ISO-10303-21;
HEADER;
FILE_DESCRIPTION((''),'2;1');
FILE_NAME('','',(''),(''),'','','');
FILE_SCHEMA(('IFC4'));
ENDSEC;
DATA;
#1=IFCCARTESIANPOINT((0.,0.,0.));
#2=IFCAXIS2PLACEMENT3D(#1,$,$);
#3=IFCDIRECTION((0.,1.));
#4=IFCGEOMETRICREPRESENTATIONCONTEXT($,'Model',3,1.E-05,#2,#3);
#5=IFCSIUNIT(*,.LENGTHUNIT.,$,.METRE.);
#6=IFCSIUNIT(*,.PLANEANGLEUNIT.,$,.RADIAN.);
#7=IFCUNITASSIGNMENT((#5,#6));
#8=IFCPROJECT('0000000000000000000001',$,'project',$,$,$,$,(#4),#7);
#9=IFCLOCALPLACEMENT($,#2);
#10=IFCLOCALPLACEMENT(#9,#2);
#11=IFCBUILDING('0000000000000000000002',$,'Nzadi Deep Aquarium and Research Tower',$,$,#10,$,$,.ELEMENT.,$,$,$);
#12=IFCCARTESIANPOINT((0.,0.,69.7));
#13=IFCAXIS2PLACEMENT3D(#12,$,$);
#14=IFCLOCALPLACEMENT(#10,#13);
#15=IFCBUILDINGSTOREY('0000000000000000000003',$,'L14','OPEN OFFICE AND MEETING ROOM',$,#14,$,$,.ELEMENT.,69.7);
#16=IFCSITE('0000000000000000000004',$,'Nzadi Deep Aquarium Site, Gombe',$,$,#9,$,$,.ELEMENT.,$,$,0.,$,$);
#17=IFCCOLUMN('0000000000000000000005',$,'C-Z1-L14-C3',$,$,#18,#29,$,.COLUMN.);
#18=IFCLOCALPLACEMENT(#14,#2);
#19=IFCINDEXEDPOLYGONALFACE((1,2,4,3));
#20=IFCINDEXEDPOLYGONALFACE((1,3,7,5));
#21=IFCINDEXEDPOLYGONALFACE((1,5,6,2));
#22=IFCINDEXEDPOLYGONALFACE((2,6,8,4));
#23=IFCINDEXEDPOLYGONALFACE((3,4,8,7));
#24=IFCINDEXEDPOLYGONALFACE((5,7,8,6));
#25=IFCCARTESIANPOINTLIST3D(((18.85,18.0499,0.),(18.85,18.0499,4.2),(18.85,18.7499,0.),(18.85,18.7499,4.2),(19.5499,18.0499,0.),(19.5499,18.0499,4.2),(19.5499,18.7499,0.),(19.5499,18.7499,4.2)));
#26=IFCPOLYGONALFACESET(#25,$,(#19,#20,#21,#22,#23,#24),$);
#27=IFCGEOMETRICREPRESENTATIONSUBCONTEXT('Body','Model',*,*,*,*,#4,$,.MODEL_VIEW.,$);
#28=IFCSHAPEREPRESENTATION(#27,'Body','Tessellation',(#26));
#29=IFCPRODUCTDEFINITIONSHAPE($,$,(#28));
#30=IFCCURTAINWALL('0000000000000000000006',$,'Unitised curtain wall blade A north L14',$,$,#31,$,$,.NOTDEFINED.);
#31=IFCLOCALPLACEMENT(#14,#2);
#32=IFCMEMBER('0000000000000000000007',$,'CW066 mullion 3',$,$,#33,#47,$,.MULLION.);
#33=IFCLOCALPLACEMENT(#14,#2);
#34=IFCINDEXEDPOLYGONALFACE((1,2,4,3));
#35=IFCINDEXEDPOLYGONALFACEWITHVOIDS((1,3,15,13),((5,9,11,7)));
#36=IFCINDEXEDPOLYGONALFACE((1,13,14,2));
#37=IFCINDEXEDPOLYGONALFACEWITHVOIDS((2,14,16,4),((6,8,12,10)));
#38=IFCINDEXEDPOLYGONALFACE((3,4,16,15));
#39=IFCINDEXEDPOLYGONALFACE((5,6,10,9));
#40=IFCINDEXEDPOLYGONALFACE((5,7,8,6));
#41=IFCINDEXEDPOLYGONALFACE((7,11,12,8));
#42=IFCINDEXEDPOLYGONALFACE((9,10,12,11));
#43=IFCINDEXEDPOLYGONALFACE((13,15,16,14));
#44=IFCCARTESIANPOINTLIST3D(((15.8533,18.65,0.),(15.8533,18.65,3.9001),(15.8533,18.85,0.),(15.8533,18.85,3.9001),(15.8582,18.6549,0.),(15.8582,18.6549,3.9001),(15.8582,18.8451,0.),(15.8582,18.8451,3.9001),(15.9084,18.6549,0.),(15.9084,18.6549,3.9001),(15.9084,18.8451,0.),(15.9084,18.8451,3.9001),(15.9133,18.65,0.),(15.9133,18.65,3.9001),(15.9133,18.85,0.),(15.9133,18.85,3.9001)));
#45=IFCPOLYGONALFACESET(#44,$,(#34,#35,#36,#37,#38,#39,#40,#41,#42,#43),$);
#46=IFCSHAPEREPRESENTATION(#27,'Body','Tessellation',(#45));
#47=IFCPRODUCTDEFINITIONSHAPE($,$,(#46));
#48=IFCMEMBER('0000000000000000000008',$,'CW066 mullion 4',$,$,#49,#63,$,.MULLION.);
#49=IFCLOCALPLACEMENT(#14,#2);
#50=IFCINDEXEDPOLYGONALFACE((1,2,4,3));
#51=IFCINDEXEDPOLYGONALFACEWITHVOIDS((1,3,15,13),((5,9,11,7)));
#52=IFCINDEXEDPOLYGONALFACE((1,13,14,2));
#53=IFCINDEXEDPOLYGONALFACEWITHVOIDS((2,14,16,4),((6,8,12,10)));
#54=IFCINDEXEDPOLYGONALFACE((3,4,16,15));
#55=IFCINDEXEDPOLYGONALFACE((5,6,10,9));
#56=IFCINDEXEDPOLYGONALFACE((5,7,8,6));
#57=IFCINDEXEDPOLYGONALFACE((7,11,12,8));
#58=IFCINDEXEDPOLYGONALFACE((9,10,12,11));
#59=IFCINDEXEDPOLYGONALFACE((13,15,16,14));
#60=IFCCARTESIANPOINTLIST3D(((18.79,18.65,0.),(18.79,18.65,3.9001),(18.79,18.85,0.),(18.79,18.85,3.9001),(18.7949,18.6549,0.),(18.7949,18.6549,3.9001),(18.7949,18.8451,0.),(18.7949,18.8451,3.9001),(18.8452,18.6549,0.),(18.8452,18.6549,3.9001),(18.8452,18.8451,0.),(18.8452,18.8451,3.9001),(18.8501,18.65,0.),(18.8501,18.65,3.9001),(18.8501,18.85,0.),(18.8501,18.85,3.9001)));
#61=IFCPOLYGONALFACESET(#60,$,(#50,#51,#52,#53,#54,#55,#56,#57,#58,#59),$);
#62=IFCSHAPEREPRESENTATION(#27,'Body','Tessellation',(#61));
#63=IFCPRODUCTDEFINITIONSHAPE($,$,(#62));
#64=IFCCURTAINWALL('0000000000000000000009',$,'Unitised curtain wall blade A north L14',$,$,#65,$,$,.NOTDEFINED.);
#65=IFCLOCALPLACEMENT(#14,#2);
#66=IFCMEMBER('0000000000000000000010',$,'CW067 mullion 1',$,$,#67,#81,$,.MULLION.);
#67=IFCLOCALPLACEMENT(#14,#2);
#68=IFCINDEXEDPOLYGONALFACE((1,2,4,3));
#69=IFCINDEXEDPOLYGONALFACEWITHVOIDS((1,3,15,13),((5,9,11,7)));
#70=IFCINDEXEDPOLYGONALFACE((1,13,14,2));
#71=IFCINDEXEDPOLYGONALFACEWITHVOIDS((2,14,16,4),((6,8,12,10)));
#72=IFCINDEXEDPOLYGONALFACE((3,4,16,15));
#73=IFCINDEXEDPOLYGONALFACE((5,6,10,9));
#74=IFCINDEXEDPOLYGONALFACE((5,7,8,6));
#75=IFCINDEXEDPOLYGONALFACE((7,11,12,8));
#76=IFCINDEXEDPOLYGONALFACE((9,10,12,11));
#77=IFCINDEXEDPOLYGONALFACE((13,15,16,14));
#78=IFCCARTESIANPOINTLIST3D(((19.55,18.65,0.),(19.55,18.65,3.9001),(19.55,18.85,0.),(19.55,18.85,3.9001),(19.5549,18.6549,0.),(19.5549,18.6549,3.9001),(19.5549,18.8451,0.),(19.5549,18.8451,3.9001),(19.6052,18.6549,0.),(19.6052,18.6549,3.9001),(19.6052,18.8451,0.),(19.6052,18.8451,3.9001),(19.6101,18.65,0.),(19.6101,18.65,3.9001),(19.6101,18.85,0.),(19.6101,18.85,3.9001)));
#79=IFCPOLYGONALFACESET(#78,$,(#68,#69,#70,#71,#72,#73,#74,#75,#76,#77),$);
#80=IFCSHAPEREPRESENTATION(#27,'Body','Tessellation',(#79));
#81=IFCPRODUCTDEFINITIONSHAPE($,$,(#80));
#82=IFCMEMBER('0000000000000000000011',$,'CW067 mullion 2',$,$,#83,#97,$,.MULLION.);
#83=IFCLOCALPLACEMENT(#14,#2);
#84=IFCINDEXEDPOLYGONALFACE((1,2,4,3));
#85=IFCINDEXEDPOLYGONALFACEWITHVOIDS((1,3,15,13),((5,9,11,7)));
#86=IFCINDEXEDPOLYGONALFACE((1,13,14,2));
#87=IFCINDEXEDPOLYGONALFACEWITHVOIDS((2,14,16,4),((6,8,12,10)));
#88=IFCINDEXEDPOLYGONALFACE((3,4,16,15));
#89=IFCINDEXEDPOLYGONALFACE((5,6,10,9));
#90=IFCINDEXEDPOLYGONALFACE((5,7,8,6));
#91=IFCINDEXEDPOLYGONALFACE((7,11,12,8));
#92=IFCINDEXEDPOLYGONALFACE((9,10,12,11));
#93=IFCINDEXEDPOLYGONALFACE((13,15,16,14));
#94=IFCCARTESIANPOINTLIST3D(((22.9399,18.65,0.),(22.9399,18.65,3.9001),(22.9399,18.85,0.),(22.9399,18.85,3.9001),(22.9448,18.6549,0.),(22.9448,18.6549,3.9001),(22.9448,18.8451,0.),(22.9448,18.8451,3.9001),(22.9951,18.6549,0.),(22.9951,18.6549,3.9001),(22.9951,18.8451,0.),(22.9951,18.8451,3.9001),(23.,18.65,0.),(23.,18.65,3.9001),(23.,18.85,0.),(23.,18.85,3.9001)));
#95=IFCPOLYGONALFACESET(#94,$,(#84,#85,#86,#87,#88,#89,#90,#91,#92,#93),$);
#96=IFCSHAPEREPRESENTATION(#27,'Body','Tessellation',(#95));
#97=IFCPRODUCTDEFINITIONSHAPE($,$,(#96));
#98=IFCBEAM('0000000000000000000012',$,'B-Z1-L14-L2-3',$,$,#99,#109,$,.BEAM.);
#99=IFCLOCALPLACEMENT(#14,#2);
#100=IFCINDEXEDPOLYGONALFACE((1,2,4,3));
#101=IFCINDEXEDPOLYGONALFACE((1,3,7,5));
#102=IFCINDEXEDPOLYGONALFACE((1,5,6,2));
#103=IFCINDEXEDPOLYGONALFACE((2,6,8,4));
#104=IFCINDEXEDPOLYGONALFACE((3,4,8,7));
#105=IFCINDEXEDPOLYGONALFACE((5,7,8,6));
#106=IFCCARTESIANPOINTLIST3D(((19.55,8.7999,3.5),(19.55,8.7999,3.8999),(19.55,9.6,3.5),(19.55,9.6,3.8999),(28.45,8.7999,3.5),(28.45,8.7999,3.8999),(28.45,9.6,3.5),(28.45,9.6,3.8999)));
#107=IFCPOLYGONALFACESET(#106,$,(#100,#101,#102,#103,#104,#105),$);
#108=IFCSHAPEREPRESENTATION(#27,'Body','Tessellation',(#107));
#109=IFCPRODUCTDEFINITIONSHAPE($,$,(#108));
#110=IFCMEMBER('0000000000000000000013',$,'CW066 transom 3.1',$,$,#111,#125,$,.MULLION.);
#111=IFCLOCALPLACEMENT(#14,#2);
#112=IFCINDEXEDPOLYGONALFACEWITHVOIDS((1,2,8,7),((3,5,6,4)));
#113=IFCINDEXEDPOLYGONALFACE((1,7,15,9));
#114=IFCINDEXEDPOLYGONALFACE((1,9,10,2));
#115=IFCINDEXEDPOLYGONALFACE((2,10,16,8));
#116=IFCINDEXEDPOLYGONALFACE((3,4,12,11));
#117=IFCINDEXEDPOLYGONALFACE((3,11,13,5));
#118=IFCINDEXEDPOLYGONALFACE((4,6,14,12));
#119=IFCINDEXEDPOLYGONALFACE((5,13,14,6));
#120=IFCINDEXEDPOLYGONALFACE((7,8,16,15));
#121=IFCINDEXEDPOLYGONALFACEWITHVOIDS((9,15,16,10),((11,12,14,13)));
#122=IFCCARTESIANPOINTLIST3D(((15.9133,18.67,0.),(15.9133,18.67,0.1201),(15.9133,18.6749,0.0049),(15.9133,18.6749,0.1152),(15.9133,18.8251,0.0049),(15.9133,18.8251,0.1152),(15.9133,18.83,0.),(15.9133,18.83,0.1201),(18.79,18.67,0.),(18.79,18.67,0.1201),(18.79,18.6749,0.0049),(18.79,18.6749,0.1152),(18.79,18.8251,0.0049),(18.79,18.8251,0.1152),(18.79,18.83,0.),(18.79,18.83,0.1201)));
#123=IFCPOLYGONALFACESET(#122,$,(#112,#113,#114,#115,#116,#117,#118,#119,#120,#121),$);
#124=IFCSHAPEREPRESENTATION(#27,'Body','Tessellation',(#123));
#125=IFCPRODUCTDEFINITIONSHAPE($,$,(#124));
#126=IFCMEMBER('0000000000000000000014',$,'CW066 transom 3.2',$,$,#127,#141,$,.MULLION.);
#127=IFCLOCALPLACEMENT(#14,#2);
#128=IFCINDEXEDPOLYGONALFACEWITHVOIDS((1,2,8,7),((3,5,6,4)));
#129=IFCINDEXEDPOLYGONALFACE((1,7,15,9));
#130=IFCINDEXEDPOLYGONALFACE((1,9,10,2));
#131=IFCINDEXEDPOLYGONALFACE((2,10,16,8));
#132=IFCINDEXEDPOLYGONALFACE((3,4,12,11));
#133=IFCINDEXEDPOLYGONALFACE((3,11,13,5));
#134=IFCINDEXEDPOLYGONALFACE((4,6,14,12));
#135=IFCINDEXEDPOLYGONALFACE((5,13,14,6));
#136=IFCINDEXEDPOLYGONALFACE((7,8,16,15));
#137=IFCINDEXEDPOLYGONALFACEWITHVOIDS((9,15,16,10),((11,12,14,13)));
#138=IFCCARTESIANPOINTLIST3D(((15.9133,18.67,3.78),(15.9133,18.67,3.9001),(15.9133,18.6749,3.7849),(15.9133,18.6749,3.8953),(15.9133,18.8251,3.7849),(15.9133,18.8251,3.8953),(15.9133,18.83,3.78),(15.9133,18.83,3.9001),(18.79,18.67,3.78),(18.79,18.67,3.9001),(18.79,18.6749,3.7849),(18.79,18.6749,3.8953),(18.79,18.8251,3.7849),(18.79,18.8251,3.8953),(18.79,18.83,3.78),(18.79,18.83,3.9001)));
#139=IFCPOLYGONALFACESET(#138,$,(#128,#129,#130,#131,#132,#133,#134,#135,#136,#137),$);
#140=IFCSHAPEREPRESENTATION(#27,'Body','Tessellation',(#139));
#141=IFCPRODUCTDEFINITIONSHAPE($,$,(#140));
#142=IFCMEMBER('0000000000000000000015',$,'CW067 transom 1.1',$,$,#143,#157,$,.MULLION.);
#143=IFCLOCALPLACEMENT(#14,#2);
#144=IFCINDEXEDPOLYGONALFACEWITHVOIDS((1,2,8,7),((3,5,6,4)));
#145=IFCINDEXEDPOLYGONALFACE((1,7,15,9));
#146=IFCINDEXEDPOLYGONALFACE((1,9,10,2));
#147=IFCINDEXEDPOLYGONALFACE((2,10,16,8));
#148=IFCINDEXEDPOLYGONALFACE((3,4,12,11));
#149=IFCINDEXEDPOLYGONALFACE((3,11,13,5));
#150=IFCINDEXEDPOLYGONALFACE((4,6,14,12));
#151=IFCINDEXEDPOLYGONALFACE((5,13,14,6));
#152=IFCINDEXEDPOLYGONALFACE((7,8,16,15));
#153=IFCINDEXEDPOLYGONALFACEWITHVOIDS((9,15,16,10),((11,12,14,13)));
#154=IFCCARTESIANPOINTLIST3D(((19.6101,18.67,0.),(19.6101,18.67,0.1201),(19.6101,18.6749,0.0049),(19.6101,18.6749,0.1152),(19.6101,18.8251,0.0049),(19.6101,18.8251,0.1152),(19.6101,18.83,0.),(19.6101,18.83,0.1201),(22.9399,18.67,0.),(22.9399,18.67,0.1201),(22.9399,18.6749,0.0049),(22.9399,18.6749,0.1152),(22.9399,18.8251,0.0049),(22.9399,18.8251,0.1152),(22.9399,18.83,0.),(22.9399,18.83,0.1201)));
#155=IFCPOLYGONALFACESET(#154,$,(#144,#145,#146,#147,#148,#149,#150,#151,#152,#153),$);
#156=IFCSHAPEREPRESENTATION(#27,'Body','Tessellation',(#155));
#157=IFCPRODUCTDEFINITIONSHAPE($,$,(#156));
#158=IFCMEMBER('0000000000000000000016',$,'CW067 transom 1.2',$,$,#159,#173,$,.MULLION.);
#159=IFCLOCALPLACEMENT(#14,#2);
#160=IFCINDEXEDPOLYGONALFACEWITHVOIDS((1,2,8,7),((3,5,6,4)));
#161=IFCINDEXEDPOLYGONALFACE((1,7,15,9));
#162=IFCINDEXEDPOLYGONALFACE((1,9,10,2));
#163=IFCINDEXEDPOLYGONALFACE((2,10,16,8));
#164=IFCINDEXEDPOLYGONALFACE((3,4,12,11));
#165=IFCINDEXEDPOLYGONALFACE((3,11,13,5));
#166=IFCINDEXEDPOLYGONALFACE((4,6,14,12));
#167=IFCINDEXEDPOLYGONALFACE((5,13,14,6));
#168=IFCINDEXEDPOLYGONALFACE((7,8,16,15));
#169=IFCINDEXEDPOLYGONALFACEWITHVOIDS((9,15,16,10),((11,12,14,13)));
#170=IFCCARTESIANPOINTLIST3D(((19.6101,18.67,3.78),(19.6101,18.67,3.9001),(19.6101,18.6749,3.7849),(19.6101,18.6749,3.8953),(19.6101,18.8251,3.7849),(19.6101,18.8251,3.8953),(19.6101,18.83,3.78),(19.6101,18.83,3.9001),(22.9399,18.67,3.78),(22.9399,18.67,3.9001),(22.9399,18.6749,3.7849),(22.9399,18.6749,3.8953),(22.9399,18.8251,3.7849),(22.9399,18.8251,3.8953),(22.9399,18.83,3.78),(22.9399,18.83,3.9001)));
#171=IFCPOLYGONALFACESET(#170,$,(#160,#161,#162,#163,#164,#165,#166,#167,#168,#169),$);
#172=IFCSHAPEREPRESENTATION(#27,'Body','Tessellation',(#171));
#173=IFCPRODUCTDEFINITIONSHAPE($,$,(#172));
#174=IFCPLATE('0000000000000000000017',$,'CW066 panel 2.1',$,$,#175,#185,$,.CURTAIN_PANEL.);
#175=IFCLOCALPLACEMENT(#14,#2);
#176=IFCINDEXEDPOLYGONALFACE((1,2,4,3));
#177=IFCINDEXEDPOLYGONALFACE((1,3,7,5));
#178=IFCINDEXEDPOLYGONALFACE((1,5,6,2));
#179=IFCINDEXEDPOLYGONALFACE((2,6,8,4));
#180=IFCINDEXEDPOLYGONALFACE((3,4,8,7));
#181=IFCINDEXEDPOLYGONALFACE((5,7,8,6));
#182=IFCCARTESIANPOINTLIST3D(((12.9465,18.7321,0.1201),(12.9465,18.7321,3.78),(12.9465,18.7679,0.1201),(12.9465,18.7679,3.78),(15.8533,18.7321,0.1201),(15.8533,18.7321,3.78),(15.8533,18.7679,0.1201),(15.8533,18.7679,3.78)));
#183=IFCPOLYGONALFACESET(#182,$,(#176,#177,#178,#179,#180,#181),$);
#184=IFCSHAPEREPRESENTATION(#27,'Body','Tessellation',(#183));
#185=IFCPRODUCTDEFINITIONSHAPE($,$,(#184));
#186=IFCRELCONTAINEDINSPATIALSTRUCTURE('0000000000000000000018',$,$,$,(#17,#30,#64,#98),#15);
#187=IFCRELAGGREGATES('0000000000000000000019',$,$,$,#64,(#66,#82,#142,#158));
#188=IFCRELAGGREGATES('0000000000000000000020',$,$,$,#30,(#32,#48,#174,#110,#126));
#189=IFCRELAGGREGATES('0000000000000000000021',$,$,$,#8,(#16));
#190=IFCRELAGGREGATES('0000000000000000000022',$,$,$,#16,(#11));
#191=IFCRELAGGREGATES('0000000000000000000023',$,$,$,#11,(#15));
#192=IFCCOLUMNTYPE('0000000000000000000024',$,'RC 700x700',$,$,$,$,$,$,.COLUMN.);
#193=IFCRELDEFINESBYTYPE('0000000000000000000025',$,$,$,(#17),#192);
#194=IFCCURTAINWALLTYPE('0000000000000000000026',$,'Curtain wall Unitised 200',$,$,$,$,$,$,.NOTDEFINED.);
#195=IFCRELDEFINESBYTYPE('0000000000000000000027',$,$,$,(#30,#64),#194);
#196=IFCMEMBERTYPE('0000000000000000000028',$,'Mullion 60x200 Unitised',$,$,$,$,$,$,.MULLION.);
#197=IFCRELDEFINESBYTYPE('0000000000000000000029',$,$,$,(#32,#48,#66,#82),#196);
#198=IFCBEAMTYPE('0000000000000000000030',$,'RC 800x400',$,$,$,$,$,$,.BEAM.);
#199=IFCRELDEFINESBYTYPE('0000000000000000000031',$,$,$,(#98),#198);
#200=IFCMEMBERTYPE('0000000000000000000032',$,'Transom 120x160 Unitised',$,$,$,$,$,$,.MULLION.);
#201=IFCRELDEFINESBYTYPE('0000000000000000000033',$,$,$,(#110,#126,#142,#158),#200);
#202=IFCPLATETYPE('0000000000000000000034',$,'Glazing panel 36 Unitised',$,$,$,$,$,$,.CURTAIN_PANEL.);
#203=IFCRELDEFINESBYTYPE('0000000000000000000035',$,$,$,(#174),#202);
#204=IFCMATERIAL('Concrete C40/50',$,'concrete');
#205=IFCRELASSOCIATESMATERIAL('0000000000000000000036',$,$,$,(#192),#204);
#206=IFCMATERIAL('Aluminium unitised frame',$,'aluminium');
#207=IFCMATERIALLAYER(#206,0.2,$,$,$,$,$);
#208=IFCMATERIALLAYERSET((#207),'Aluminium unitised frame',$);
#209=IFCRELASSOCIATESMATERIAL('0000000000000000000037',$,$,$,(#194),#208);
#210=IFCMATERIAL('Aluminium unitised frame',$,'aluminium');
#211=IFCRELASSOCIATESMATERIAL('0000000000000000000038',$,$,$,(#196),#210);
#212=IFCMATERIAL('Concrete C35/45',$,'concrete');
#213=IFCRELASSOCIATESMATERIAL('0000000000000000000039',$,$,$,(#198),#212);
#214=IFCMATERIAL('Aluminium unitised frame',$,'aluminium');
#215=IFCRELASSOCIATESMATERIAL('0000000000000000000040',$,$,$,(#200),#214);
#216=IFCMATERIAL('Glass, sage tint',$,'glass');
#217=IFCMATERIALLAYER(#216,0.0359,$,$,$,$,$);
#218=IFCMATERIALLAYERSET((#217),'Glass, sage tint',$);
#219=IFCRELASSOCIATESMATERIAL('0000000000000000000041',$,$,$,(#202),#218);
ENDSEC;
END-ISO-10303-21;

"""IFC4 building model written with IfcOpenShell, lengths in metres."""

from ifc_helpers import new_model, si_unit, direction, frame, origin, origin_2d, place, context, subcontext, project, spatial, rectangle, hollow_rectangle, extrude, material, layer, layer_set, material_profile, profile_set, type_object, element, aggregate, save


model = new_model("IFC4")

# Units and contexts
model_context = context("Model", 3, precision=1e-05, world=origin(), true_north=direction((0.0, 1.0)))
body_context = subcontext(model_context, "Body", "Model", "MODEL_VIEW")
ifc_project = project(units=[si_unit("LENGTHUNIT", "METRE"), si_unit("PLANEANGLEUNIT", "RADIAN")], contexts=[model_context])

# Site, building, storey
site_placement = place(None, origin())
site = spatial("IfcSite", under=ifc_project, at=site_placement, Name="Nzadi Deep Aquarium Site, Gombe", CompositionType="ELEMENT", RefElevation=0.0)
building_placement = place(site_placement, origin())
building = spatial("IfcBuilding", under=site, at=building_placement, Name="Nzadi Deep Aquarium and Research Tower", CompositionType="ELEMENT")
storey_placement = place(building_placement, frame((0.0, 0.0, 69.7)))
storey = spatial("IfcBuildingStorey", under=building, at=storey_placement, Name="L14", Description="OPEN OFFICE AND MEETING ROOM", CompositionType="ELEMENT", Elevation=69.7)

# Column
ifc_material_1 = material(Name="Concrete C40/50", Category="concrete")
ifc_material_profile_1 = material_profile(ifc_material_1, rectangle(XDim=0.7, YDim=0.7, at=origin_2d()))
ifc_profile_set_1 = profile_set([ifc_material_profile_1], Name="Concrete C40/50")
column_type = type_object("IfcColumnType", Name="RC 700x700", PredefinedType="COLUMN", material=ifc_profile_set_1)
column_placement = place(storey_placement, frame((19.2, 18.3999, 0.0), z_axis=(0.0, 0.0, 1.0), x_axis=(1.0, 0.0, 0.0)))
element("IfcColumn", 1, at=column_placement, inside=storey, type_object=column_type, Name="C-Z1-L14-C3", PredefinedType="COLUMN", context=body_context, shape_type="SweptSolid", body=[
    extrude(rectangle(XDim=0.7, YDim=0.7, at=origin_2d()), origin(), (0.0, 0.0, 1.0), 4.2),
])

# Curtain walls, members
ifc_material_2 = material(Name="Aluminium unitised frame", Category="aluminium")
ifc_layer_1 = layer(ifc_material_2, 0.2)
ifc_layer_set_1 = layer_set([ifc_layer_1], Name="Aluminium unitised frame")
curtain_wall_type = type_object("IfcCurtainWallType", Name="Curtain wall Unitised 200", PredefinedType="NOTDEFINED", material=ifc_layer_set_1)
curtain_wall_1_placement = place(storey_placement, origin())
curtain_wall_1 = element("IfcCurtainWall", 2, at=curtain_wall_1_placement, inside=storey, type_object=curtain_wall_type, Name="Unitised curtain wall blade A north L14", PredefinedType="NOTDEFINED")
ifc_material_3 = material(Name="Aluminium unitised frame", Category="aluminium")
ifc_material_profile_2 = material_profile(ifc_material_3, hollow_rectangle(XDim=0.2, YDim=0.0601, WallThickness=0.0049, at=origin_2d()))
ifc_profile_set_2 = profile_set([ifc_material_profile_2], Name="Aluminium unitised frame")
member_type_1 = type_object("IfcMemberType", Name="Mullion 60x200 Unitised", PredefinedType="MULLION", material=ifc_profile_set_2)
member_1_placement = place(storey_placement, frame((15.8833, 18.75, 0.0), z_axis=(0.0, 0.0, 1.0), x_axis=(0.0, 1.0, 0.0)))
member_1 = element("IfcMember", 3, at=member_1_placement, type_object=member_type_1, Name="CW066 mullion 3", PredefinedType="MULLION", context=body_context, shape_type="SweptSolid", body=[
    extrude(hollow_rectangle(XDim=0.2, YDim=0.0601, WallThickness=0.0049, at=origin_2d()), origin(), (0.0, 0.0, 1.0), 3.9001),
])
member_2_placement = place(storey_placement, frame((18.8201, 18.75, 0.0), z_axis=(0.0, 0.0, 1.0), x_axis=(0.0, 1.0, 0.0)))
member_2 = element("IfcMember", 4, at=member_2_placement, type_object=member_type_1, Name="CW066 mullion 4", PredefinedType="MULLION", context=body_context, shape_type="SweptSolid", body=[
    extrude(hollow_rectangle(XDim=0.2, YDim=0.0601, WallThickness=0.0049, at=origin_2d()), origin(), (0.0, 0.0, 1.0), 3.9001),
])
curtain_wall_2_placement = place(storey_placement, origin())
curtain_wall_2 = element("IfcCurtainWall", 5, at=curtain_wall_2_placement, inside=storey, type_object=curtain_wall_type, Name="Unitised curtain wall blade A north L14", PredefinedType="NOTDEFINED")
member_3_placement = place(storey_placement, frame((19.5801, 18.75, 0.0), z_axis=(0.0, 0.0, 1.0), x_axis=(0.0, 1.0, 0.0)))
member_3 = element("IfcMember", 6, at=member_3_placement, type_object=member_type_1, Name="CW067 mullion 1", PredefinedType="MULLION", context=body_context, shape_type="SweptSolid", body=[
    extrude(hollow_rectangle(XDim=0.2, YDim=0.0601, WallThickness=0.0049, at=origin_2d()), origin(), (0.0, 0.0, 1.0), 3.9001),
])
member_4_placement = place(storey_placement, frame((22.97, 18.75, 0.0), z_axis=(0.0, 0.0, 1.0), x_axis=(0.0, 1.0, 0.0)))
member_4 = element("IfcMember", 7, at=member_4_placement, type_object=member_type_1, Name="CW067 mullion 2", PredefinedType="MULLION", context=body_context, shape_type="SweptSolid", body=[
    extrude(hollow_rectangle(XDim=0.2, YDim=0.0601, WallThickness=0.0049, at=origin_2d()), origin(), (0.0, 0.0, 1.0), 3.9001),
])

# Beam
ifc_material_4 = material(Name="Concrete C35/45", Category="concrete")
ifc_material_profile_3 = material_profile(ifc_material_4, rectangle(XDim=0.8, YDim=0.3999, at=origin_2d()))
ifc_profile_set_3 = profile_set([ifc_material_profile_3], Name="Concrete C35/45")
beam_type = type_object("IfcBeamType", Name="RC 800x400", PredefinedType="BEAM", material=ifc_profile_set_3)
beam_placement = place(storey_placement, frame((19.55, 9.2, 3.7), z_axis=(1.0, 0.0, 0.0), x_axis=(0.0, 1.0, 0.0)))
element("IfcBeam", 8, at=beam_placement, inside=storey, type_object=beam_type, Name="B-Z1-L14-L2-3", PredefinedType="BEAM", context=body_context, shape_type="SweptSolid", body=[
    extrude(rectangle(XDim=0.8, YDim=0.3999, at=origin_2d()), origin(), (0.0, 0.0, 1.0), 8.8999),
])

# Members
ifc_material_5 = material(Name="Aluminium unitised frame", Category="aluminium")
ifc_material_profile_4 = material_profile(ifc_material_5, hollow_rectangle(XDim=0.1599, YDim=0.1201, WallThickness=0.0049, at=origin_2d()))
ifc_profile_set_4 = profile_set([ifc_material_profile_4], Name="Aluminium unitised frame")
member_type_2 = type_object("IfcMemberType", Name="Transom 120x160 Unitised", PredefinedType="MULLION", material=ifc_profile_set_4)
member_5_placement = place(storey_placement, frame((15.9133, 18.75, 0.0601), z_axis=(1.0, 0.0, 0.0), x_axis=(0.0, 1.0, 0.0)))
member_5 = element("IfcMember", 9, at=member_5_placement, type_object=member_type_2, Name="CW066 transom 3.1", PredefinedType="MULLION", context=body_context, shape_type="SweptSolid", body=[
    extrude(hollow_rectangle(XDim=0.1599, YDim=0.1201, WallThickness=0.0049, at=origin_2d()), origin(), (0.0, 0.0, 1.0), 2.8767),
])
member_6_placement = place(storey_placement, frame((15.9133, 18.75, 3.8401), z_axis=(1.0, 0.0, 0.0), x_axis=(0.0, 1.0, 0.0)))
member_6 = element("IfcMember", 10, at=member_6_placement, type_object=member_type_2, Name="CW066 transom 3.2", PredefinedType="MULLION", context=body_context, shape_type="SweptSolid", body=[
    extrude(hollow_rectangle(XDim=0.1599, YDim=0.1201, WallThickness=0.0049, at=origin_2d()), origin(), (0.0, 0.0, 1.0), 2.8767),
])
member_7_placement = place(storey_placement, frame((19.6101, 18.75, 0.0601), z_axis=(1.0, 0.0, 0.0), x_axis=(0.0, 1.0, 0.0)))
member_7 = element("IfcMember", 11, at=member_7_placement, type_object=member_type_2, Name="CW067 transom 1.1", PredefinedType="MULLION", context=body_context, shape_type="SweptSolid", body=[
    extrude(hollow_rectangle(XDim=0.1599, YDim=0.1201, WallThickness=0.0049, at=origin_2d()), origin(), (0.0, 0.0, 1.0), 3.3298),
])
member_8_placement = place(storey_placement, frame((19.6101, 18.75, 3.8401), z_axis=(1.0, 0.0, 0.0), x_axis=(0.0, 1.0, 0.0)))
member_8 = element("IfcMember", 12, at=member_8_placement, type_object=member_type_2, Name="CW067 transom 1.2", PredefinedType="MULLION", context=body_context, shape_type="SweptSolid", body=[
    extrude(hollow_rectangle(XDim=0.1599, YDim=0.1201, WallThickness=0.0049, at=origin_2d()), origin(), (0.0, 0.0, 1.0), 3.3298),
])
aggregate(curtain_wall_2, [member_3, member_4, member_7, member_8])

# Plate
ifc_material_6 = material(Name="Glass, sage tint", Category="glass")
ifc_layer_2 = layer(ifc_material_6, 0.0359)
ifc_layer_set_2 = layer_set([ifc_layer_2], Name="Glass, sage tint")
plate_type = type_object("IfcPlateType", Name="Glazing panel 36 Unitised", PredefinedType="CURTAIN_PANEL", material=ifc_layer_set_2)
plate_1_placement = place(storey_placement, frame((14.3999, 18.75, 0.1201), z_axis=(0.0, 0.0, 1.0), x_axis=(1.0, 0.0, 0.0)))
plate_1 = element("IfcPlate", 13, at=plate_1_placement, type_object=plate_type, Name="CW066 panel 2.1", PredefinedType="CURTAIN_PANEL", context=body_context, shape_type="SweptSolid", body=[
    extrude(rectangle(XDim=2.9067, YDim=0.0359, at=origin_2d()), origin(), (0.0, 0.0, 1.0), 3.6599),
])
aggregate(curtain_wall_1, [member_1, member_2, plate_1, member_5, member_6])

save(model, "model.ifc")
